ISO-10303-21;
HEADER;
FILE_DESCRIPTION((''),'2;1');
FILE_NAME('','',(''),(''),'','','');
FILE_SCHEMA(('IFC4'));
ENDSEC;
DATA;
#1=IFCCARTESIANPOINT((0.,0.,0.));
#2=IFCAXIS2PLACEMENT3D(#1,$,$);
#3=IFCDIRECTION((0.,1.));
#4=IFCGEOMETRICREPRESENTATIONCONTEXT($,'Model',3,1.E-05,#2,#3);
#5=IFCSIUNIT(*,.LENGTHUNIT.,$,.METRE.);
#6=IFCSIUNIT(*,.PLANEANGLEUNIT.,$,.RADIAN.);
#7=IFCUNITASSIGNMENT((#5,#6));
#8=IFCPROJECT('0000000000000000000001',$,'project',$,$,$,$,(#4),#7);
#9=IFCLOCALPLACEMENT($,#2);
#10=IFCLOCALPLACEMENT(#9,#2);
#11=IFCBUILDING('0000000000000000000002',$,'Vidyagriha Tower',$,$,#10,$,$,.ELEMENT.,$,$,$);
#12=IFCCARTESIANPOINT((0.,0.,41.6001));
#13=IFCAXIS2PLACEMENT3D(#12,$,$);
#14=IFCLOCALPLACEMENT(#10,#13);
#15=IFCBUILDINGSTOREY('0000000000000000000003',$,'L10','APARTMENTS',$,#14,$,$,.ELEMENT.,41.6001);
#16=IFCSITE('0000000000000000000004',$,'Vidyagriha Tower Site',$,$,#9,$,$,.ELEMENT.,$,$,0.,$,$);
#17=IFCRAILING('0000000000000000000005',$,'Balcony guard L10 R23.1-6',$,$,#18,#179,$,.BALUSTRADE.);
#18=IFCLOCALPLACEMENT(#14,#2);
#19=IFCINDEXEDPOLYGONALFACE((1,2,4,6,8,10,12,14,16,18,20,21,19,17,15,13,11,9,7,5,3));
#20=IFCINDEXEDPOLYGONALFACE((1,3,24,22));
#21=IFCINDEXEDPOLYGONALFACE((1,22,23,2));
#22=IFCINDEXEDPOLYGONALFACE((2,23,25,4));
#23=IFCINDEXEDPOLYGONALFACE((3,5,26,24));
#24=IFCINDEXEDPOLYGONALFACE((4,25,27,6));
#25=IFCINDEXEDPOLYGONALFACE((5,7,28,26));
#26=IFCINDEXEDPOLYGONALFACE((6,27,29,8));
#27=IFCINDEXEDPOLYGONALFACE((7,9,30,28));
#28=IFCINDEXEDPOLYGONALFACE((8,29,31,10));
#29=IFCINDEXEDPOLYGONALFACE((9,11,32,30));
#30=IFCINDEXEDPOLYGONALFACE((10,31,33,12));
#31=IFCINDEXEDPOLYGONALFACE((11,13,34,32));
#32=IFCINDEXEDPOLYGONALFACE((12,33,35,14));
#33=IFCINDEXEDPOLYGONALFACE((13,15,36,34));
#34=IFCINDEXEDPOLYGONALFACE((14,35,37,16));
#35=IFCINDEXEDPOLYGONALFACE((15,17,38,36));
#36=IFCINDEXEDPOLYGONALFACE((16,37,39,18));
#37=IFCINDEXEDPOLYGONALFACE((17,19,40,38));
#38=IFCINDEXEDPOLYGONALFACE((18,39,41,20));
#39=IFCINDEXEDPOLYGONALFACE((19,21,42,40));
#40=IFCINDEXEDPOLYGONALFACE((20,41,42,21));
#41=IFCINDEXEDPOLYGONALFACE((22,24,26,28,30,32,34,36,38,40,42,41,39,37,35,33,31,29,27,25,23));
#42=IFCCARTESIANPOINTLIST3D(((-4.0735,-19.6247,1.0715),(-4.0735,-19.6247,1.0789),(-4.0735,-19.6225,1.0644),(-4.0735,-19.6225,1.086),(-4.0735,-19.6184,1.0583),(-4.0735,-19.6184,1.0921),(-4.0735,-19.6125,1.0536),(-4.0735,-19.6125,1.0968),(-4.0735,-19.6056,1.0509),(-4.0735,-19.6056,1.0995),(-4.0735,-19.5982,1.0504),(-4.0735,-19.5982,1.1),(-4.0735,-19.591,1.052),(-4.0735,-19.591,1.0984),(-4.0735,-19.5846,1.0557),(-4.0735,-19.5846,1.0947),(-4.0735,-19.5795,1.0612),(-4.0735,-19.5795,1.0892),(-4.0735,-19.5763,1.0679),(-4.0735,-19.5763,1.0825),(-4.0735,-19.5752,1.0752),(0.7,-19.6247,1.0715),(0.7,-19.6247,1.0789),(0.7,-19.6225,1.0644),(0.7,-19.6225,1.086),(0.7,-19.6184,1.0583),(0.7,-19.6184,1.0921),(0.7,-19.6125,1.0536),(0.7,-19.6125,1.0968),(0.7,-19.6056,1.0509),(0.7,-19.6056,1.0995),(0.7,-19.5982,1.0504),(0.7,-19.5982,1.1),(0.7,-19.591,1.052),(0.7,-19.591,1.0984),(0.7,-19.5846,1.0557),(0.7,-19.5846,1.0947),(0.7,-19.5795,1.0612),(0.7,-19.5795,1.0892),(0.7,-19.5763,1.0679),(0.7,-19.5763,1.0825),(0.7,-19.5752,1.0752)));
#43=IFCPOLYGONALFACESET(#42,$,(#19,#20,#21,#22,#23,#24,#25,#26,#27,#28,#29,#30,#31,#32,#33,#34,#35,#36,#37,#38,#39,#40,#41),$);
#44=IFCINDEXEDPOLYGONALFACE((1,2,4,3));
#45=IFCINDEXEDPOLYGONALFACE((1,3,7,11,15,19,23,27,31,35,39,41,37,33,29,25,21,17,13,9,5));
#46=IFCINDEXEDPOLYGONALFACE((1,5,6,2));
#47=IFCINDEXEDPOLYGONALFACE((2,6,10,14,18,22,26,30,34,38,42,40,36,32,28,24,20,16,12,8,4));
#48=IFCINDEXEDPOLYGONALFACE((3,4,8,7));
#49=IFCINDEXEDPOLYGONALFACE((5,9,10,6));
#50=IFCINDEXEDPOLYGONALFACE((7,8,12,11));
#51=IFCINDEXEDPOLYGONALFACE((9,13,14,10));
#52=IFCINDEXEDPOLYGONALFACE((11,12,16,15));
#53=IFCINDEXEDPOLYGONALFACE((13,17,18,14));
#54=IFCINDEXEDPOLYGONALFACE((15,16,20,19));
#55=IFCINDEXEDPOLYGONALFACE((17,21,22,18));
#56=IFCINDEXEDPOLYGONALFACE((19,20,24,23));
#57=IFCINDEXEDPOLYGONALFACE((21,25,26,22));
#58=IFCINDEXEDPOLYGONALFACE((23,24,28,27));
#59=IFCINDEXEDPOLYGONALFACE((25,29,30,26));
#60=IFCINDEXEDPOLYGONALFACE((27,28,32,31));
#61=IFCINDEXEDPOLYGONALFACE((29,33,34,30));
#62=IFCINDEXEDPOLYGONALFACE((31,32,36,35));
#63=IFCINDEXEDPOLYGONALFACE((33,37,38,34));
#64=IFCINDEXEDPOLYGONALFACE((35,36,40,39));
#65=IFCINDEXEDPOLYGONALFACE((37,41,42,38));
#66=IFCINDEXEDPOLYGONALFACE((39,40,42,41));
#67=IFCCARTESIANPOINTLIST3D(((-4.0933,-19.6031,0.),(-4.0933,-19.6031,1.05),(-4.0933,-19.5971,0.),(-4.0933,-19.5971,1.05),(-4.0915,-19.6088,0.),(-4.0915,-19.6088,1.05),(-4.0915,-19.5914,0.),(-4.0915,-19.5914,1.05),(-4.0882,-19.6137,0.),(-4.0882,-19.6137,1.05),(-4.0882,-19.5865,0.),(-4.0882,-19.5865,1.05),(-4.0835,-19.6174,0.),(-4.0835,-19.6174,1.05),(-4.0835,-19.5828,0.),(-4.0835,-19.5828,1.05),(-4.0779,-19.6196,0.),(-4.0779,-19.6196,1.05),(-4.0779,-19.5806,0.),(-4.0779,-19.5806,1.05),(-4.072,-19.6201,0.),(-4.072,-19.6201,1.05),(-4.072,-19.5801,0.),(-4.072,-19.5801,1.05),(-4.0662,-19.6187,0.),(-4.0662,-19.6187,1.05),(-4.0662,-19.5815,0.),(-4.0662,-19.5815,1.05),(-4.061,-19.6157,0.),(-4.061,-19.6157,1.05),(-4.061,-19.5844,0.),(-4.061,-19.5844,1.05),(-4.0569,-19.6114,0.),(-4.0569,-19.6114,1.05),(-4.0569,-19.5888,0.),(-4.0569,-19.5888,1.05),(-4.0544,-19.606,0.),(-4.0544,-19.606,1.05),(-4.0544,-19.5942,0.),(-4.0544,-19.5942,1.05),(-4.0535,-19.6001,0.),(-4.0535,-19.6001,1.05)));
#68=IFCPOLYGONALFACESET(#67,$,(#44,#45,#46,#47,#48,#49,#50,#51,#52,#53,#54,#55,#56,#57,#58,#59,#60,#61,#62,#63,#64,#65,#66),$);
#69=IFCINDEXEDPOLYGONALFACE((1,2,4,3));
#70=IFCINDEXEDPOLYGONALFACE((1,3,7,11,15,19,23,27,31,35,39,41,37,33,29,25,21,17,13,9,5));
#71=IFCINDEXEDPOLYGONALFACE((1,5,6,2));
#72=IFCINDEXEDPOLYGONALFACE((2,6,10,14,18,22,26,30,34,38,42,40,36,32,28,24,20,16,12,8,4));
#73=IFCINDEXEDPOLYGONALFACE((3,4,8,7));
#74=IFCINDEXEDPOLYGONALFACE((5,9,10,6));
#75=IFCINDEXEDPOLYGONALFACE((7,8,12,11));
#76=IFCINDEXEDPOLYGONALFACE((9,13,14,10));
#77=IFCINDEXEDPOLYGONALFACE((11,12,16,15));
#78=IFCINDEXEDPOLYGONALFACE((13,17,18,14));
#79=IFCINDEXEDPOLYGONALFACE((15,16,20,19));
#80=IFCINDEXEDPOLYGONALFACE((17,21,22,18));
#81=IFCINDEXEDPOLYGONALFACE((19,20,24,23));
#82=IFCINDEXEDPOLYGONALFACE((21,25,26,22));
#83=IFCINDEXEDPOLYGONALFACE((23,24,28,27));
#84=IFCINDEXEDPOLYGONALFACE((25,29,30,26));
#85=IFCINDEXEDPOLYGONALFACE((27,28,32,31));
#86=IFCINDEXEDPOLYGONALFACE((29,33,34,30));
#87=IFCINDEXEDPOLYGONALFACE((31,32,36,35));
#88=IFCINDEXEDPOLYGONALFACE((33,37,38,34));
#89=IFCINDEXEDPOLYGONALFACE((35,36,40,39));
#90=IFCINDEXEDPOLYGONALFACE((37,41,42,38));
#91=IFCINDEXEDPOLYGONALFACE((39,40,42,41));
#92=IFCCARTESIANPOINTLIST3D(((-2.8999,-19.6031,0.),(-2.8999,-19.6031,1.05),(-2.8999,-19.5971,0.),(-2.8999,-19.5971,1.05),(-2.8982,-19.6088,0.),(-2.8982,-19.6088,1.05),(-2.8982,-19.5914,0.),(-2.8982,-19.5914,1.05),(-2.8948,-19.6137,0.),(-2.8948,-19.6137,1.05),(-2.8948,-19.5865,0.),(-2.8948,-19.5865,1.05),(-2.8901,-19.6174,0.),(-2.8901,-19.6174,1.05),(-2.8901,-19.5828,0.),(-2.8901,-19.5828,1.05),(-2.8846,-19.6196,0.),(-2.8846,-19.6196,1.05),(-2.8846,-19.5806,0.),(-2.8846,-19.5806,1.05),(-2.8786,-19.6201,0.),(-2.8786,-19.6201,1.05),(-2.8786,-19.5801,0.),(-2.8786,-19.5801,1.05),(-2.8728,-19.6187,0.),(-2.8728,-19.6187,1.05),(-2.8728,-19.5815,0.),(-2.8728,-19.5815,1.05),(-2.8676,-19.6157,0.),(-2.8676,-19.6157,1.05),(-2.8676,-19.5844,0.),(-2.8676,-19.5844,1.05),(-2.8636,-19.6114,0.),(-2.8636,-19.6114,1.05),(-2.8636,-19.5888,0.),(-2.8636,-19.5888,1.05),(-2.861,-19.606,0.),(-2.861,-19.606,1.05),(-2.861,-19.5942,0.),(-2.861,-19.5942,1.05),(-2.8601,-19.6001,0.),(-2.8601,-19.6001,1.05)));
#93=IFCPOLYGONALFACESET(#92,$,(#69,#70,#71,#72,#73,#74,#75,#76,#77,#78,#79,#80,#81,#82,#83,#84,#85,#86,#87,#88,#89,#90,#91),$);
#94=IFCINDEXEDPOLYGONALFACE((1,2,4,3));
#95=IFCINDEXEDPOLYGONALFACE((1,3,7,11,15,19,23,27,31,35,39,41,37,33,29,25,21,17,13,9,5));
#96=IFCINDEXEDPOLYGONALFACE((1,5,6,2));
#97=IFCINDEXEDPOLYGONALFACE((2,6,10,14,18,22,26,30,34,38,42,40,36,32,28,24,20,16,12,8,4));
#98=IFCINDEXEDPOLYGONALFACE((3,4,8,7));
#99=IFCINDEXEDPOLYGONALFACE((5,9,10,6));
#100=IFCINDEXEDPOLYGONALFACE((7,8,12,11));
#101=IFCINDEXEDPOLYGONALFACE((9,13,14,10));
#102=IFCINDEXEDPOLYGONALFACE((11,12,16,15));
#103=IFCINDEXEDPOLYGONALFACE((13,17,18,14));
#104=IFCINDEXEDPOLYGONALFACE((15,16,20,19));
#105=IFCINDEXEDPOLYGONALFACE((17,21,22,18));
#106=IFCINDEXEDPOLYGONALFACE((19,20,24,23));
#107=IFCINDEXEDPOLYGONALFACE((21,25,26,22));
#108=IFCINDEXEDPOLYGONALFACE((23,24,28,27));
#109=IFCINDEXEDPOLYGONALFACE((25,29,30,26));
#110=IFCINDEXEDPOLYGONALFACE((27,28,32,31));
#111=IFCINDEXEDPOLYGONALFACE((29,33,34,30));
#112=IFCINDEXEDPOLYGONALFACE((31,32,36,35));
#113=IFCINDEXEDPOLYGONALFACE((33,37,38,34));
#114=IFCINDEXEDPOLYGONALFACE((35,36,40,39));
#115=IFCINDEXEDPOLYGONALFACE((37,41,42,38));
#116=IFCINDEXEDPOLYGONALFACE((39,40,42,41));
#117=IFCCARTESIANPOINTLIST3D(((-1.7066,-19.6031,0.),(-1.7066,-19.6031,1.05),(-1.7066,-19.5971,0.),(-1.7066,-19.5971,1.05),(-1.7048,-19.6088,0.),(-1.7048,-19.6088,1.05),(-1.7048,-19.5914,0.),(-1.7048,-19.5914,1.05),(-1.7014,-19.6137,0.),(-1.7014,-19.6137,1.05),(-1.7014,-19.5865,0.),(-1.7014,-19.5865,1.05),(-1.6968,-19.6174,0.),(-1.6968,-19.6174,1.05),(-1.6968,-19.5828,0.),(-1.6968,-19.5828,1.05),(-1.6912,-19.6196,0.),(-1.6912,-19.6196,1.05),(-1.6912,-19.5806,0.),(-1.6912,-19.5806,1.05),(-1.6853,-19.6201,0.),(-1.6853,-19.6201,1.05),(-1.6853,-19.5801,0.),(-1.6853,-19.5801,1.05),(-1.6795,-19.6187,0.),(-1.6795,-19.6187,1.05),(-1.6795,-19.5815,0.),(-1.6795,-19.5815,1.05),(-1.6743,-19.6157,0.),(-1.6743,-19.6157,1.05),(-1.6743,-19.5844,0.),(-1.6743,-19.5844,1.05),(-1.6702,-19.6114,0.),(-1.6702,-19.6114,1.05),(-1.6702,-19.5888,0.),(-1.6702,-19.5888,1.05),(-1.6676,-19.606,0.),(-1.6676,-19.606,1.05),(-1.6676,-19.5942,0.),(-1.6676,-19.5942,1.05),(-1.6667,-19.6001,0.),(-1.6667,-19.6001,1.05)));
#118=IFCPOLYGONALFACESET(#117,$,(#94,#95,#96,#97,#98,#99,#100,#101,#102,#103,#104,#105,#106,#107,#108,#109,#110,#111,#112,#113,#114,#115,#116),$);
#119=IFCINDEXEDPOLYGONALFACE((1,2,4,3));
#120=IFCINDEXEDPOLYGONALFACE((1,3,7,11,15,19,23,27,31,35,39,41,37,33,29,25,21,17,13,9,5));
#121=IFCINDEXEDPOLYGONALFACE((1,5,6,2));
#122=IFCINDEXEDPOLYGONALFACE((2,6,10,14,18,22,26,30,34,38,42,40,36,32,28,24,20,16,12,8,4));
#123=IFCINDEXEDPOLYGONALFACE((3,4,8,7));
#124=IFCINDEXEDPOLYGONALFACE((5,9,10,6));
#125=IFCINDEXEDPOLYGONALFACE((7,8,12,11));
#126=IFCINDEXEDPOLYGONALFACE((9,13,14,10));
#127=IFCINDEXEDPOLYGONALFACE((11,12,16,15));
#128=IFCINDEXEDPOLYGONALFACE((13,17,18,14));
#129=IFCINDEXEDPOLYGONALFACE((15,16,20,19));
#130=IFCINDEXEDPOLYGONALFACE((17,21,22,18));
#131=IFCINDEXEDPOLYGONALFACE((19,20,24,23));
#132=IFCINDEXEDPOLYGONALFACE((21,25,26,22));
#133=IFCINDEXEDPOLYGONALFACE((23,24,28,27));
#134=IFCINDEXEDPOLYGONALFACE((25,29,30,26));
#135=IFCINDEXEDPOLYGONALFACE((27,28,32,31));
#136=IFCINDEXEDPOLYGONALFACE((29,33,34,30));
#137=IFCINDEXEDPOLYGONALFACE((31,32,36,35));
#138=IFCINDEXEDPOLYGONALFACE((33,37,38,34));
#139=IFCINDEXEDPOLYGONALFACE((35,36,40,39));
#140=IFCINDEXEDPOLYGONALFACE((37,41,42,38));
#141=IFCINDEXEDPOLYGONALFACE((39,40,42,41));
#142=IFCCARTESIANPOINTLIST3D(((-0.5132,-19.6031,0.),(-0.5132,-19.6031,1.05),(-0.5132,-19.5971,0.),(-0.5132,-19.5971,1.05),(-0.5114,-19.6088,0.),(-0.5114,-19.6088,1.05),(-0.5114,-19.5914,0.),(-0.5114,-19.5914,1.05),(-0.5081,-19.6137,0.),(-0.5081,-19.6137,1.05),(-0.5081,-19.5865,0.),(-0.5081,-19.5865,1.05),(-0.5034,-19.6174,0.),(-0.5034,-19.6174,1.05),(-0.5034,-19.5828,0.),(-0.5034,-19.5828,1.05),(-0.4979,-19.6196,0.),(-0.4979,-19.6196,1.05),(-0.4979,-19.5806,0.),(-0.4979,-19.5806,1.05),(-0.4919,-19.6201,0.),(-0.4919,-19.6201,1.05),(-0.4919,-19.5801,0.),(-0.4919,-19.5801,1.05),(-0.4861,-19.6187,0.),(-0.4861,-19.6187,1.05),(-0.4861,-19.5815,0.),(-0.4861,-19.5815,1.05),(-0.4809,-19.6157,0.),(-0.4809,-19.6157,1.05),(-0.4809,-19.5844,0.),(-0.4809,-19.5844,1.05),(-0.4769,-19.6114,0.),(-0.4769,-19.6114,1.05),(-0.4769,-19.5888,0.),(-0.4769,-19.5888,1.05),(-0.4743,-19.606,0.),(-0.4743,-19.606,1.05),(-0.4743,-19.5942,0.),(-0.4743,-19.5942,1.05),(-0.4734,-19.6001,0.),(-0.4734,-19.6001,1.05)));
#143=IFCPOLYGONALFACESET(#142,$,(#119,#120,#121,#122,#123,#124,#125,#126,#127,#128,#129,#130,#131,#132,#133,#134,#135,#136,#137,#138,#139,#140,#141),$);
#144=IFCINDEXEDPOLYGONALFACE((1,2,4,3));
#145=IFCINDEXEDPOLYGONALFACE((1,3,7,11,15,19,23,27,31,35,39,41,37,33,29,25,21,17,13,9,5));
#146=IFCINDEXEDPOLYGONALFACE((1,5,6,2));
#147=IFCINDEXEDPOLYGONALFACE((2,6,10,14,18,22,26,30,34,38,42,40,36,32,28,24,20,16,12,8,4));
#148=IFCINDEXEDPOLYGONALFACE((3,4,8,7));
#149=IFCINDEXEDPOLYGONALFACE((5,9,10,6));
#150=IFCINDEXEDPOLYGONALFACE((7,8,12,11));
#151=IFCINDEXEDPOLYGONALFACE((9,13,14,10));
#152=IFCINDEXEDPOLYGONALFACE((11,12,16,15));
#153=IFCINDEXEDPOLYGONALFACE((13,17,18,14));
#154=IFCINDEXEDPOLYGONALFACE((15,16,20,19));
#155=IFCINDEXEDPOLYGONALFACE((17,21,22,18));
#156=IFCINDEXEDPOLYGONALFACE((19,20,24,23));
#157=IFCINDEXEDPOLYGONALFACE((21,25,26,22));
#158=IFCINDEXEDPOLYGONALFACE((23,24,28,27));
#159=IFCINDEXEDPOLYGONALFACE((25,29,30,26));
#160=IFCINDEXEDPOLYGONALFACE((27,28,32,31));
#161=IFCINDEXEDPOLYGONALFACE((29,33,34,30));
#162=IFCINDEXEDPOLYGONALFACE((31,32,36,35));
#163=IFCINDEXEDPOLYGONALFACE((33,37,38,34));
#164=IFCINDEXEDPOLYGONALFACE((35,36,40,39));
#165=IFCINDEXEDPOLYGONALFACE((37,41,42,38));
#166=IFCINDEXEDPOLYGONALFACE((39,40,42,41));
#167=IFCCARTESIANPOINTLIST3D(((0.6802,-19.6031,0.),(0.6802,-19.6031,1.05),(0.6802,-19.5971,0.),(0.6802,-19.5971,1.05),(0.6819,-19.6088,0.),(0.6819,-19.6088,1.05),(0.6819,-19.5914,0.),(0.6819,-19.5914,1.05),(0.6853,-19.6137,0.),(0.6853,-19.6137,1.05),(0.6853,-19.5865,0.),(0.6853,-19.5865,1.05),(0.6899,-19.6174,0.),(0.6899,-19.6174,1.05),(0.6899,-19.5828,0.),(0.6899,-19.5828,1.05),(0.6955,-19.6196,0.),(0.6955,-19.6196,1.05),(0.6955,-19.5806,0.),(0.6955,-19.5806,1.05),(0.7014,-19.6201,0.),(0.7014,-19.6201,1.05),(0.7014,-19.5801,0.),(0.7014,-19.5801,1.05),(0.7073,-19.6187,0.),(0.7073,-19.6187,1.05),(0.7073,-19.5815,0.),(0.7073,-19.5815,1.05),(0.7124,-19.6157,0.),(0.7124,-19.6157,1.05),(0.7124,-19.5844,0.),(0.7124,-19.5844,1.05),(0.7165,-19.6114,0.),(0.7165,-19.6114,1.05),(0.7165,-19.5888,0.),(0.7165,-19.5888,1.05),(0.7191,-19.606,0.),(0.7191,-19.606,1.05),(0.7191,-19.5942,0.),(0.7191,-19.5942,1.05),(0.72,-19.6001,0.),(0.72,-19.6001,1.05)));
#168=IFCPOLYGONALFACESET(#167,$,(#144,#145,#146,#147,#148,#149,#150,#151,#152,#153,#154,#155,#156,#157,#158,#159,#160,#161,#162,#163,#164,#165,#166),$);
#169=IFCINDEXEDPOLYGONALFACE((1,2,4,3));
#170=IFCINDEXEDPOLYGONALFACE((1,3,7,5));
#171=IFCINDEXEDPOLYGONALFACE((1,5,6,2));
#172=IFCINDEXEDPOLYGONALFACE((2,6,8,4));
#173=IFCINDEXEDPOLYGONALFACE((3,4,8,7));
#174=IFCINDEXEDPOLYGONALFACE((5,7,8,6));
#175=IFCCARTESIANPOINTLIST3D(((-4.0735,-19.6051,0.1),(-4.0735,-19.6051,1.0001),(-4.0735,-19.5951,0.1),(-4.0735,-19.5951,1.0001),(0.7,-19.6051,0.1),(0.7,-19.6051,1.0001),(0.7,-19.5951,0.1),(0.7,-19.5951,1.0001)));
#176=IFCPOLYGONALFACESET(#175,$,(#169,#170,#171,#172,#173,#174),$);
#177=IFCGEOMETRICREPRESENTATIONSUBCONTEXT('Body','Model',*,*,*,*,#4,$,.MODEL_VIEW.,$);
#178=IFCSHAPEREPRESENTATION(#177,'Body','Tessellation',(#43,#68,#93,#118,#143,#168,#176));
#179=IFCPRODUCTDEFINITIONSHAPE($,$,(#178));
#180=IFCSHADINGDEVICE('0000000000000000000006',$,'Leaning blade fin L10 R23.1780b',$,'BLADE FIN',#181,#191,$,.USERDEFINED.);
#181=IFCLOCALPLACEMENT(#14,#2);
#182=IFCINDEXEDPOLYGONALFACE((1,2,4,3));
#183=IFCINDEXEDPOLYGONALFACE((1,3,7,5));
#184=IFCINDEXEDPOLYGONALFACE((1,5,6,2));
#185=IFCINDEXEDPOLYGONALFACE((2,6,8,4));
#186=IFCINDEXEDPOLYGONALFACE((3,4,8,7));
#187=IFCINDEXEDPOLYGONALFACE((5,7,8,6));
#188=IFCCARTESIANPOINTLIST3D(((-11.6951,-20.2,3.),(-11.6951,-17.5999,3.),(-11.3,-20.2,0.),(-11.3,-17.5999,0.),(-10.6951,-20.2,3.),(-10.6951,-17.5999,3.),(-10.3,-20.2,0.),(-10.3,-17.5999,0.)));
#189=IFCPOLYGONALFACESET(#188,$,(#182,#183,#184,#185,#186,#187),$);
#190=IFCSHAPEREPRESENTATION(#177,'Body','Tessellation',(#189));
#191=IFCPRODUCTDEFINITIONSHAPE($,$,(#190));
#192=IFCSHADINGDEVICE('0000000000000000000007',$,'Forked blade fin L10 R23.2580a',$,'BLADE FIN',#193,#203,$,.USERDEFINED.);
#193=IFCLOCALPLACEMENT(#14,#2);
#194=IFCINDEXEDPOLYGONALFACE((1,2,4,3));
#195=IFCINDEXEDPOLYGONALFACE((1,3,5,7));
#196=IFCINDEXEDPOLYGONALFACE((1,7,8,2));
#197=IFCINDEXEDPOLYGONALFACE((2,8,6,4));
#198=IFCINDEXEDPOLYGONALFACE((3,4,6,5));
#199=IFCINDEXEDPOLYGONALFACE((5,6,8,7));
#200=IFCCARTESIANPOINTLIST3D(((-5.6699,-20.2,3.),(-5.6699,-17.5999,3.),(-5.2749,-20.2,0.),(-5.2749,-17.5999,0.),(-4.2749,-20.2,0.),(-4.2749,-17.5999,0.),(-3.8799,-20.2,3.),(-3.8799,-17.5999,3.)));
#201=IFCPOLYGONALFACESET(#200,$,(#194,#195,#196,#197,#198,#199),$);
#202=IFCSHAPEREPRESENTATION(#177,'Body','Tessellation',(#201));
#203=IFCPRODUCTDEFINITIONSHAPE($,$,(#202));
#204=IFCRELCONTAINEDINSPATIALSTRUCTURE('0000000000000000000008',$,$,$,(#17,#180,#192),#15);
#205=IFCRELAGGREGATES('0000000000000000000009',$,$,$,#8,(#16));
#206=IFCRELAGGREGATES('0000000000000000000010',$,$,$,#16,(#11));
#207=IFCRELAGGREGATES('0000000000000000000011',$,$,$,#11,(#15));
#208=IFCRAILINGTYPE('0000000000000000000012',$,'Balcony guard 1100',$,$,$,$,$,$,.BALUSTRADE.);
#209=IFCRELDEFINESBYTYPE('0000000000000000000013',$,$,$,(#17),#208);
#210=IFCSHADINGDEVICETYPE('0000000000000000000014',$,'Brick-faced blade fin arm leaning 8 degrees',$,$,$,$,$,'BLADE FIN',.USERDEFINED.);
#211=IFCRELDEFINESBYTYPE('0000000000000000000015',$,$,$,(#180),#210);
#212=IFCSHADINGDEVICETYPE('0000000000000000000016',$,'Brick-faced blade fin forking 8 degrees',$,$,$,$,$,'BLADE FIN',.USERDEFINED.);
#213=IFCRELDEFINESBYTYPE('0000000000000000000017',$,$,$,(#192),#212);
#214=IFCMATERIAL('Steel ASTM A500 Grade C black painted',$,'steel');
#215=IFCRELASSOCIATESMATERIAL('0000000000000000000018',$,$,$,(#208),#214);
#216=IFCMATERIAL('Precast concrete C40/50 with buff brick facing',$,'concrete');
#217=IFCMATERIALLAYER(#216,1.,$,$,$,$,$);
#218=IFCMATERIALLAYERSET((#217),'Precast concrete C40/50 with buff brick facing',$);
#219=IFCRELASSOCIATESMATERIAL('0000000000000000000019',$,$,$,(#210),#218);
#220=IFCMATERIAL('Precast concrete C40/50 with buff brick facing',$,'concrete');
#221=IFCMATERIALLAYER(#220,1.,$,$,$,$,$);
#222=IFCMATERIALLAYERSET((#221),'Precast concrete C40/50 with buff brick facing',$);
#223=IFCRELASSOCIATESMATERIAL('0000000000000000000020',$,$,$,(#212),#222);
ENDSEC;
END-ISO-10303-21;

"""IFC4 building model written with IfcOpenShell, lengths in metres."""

from ifc_helpers import new_model, si_unit, direction, frame, origin, origin_2d, place, context, subcontext, project, spatial, polyline, rectangle, circle, outline, extrude, material, layer, layer_set, type_object, element, save


model = new_model("IFC4")

# Units and contexts
model_context = context("Model", 3, precision=1e-05, world=origin(), true_north=direction((0.0, 1.0)))
body_context = subcontext(model_context, "Body", "Model", "MODEL_VIEW")
ifc_project = project(units=[si_unit("LENGTHUNIT", "METRE"), si_unit("PLANEANGLEUNIT", "RADIAN")], contexts=[model_context])

# Site, building, storey
site_placement = place(None, origin())
site = spatial("IfcSite", under=ifc_project, at=site_placement, Name="Vidyagriha Tower Site", CompositionType="ELEMENT", RefElevation=0.0)
building_placement = place(site_placement, origin())
building = spatial("IfcBuilding", under=site, at=building_placement, Name="Vidyagriha Tower", CompositionType="ELEMENT")
storey_placement = place(building_placement, frame((0.0, 0.0, 41.6001)))
storey = spatial("IfcBuildingStorey", under=building, at=storey_placement, Name="L10", Description="APARTMENTS", CompositionType="ELEMENT", Elevation=41.6001)

# Railing
ifc_material_1 = material(Name="Steel ASTM A500 Grade C black painted", Category="steel")
railing_type = type_object("IfcRailingType", Name="Balcony guard 1100", PredefinedType="BALUSTRADE", material=ifc_material_1)
railing_1_placement = place(storey_placement, frame((-4.0735, -19.6001, 0.0)))
element("IfcRailing", 1, at=railing_1_placement, inside=storey, type_object=railing_type, Name="Balcony guard L10 R23.1-6", PredefinedType="BALUSTRADE", context=body_context, shape_type="SweptSolid", body=[
    extrude(circle(Radius=0.0249, at=origin_2d()), frame((0.0, 0.0, 1.0752), z_axis=(1.0, 0.0, 0.0), x_axis=(0.0, 1.0, 0.0)), (0.0, 0.0, 1.0), 4.7734),
    extrude(circle(Radius=0.02, at=origin_2d()), origin(), (0.0, 0.0, 1.0), 1.05),
    extrude(circle(Radius=0.02, at=origin_2d()), frame((1.1934, 0.0, 0.0)), (0.0, 0.0, 1.0), 1.05),
    extrude(circle(Radius=0.02, at=origin_2d()), frame((2.3867, 0.0, 0.0)), (0.0, 0.0, 1.0), 1.05),
    extrude(circle(Radius=0.02, at=origin_2d()), frame((3.5801, 0.0, 0.0)), (0.0, 0.0, 1.0), 1.05),
    extrude(circle(Radius=0.02, at=origin_2d()), frame((4.7734, 0.0, 0.0)), (0.0, 0.0, 1.0), 1.05),
    extrude(rectangle(XDim=0.01, YDim=0.9001, at=origin_2d()), frame((0.0, 0.0, 0.55), z_axis=(1.0, 0.0, 0.0), x_axis=(0.0, 1.0, 0.0)), (0.0, 0.0, 1.0), 4.7734),
])

# Shading devices
ifc_material_2 = material(Name="Precast concrete C40/50 with buff brick facing", Category="concrete")
ifc_layer_1 = layer(ifc_material_2, 1.0)
ifc_layer_set_1 = layer_set([ifc_layer_1], Name="Precast concrete C40/50 with buff brick facing")
shading_device_type_1 = type_object("IfcShadingDeviceType", Name="Brick-faced blade fin arm leaning 8 degrees", ElementType="BLADE FIN", PredefinedType="USERDEFINED", material=ifc_layer_set_1)
shading_device_1_placement = place(storey_placement, frame((-11.6951, -18.8999, 0.0)))
element("IfcShadingDevice", 2, at=shading_device_1_placement, inside=storey, type_object=shading_device_type_1, Name="Leaning blade fin L10 R23.1780b", ObjectType="BLADE FIN", PredefinedType="USERDEFINED", context=body_context, shape_type="SweptSolid", body=[
    extrude(outline(polyline([(0.395, 0.0), (1.395, 0.0), (1.0, 3.0), (0.0, 3.0), (0.395, 0.0)])), frame((0.0, 1.3, 0.0), z_axis=(0.0, -1.0, 0.0), x_axis=(1.0, 0.0, 0.0)), (0.0, 0.0, 1.0), 2.6001),
])
ifc_material_3 = material(Name="Precast concrete C40/50 with buff brick facing", Category="concrete")
ifc_layer_2 = layer(ifc_material_3, 1.0)
ifc_layer_set_2 = layer_set([ifc_layer_2], Name="Precast concrete C40/50 with buff brick facing")
shading_device_type_2 = type_object("IfcShadingDeviceType", Name="Brick-faced blade fin forking 8 degrees", ElementType="BLADE FIN", PredefinedType="USERDEFINED", material=ifc_layer_set_2)
shading_device_2_placement = place(storey_placement, frame((-5.6699, -18.8999, 0.0)))
element("IfcShadingDevice", 3, at=shading_device_2_placement, inside=storey, type_object=shading_device_type_2, Name="Forked blade fin L10 R23.2580a", ObjectType="BLADE FIN", PredefinedType="USERDEFINED", context=body_context, shape_type="SweptSolid", body=[
    extrude(outline(polyline([(0.395, 0.0), (1.395, 0.0), (1.79, 3.0), (0.0, 3.0), (0.395, 0.0)])), frame((0.0, 1.3, 0.0), z_axis=(0.0, -1.0, 0.0), x_axis=(1.0, 0.0, 0.0)), (0.0, 0.0, 1.0), 2.6001),
])

save(model, "model.ifc")
